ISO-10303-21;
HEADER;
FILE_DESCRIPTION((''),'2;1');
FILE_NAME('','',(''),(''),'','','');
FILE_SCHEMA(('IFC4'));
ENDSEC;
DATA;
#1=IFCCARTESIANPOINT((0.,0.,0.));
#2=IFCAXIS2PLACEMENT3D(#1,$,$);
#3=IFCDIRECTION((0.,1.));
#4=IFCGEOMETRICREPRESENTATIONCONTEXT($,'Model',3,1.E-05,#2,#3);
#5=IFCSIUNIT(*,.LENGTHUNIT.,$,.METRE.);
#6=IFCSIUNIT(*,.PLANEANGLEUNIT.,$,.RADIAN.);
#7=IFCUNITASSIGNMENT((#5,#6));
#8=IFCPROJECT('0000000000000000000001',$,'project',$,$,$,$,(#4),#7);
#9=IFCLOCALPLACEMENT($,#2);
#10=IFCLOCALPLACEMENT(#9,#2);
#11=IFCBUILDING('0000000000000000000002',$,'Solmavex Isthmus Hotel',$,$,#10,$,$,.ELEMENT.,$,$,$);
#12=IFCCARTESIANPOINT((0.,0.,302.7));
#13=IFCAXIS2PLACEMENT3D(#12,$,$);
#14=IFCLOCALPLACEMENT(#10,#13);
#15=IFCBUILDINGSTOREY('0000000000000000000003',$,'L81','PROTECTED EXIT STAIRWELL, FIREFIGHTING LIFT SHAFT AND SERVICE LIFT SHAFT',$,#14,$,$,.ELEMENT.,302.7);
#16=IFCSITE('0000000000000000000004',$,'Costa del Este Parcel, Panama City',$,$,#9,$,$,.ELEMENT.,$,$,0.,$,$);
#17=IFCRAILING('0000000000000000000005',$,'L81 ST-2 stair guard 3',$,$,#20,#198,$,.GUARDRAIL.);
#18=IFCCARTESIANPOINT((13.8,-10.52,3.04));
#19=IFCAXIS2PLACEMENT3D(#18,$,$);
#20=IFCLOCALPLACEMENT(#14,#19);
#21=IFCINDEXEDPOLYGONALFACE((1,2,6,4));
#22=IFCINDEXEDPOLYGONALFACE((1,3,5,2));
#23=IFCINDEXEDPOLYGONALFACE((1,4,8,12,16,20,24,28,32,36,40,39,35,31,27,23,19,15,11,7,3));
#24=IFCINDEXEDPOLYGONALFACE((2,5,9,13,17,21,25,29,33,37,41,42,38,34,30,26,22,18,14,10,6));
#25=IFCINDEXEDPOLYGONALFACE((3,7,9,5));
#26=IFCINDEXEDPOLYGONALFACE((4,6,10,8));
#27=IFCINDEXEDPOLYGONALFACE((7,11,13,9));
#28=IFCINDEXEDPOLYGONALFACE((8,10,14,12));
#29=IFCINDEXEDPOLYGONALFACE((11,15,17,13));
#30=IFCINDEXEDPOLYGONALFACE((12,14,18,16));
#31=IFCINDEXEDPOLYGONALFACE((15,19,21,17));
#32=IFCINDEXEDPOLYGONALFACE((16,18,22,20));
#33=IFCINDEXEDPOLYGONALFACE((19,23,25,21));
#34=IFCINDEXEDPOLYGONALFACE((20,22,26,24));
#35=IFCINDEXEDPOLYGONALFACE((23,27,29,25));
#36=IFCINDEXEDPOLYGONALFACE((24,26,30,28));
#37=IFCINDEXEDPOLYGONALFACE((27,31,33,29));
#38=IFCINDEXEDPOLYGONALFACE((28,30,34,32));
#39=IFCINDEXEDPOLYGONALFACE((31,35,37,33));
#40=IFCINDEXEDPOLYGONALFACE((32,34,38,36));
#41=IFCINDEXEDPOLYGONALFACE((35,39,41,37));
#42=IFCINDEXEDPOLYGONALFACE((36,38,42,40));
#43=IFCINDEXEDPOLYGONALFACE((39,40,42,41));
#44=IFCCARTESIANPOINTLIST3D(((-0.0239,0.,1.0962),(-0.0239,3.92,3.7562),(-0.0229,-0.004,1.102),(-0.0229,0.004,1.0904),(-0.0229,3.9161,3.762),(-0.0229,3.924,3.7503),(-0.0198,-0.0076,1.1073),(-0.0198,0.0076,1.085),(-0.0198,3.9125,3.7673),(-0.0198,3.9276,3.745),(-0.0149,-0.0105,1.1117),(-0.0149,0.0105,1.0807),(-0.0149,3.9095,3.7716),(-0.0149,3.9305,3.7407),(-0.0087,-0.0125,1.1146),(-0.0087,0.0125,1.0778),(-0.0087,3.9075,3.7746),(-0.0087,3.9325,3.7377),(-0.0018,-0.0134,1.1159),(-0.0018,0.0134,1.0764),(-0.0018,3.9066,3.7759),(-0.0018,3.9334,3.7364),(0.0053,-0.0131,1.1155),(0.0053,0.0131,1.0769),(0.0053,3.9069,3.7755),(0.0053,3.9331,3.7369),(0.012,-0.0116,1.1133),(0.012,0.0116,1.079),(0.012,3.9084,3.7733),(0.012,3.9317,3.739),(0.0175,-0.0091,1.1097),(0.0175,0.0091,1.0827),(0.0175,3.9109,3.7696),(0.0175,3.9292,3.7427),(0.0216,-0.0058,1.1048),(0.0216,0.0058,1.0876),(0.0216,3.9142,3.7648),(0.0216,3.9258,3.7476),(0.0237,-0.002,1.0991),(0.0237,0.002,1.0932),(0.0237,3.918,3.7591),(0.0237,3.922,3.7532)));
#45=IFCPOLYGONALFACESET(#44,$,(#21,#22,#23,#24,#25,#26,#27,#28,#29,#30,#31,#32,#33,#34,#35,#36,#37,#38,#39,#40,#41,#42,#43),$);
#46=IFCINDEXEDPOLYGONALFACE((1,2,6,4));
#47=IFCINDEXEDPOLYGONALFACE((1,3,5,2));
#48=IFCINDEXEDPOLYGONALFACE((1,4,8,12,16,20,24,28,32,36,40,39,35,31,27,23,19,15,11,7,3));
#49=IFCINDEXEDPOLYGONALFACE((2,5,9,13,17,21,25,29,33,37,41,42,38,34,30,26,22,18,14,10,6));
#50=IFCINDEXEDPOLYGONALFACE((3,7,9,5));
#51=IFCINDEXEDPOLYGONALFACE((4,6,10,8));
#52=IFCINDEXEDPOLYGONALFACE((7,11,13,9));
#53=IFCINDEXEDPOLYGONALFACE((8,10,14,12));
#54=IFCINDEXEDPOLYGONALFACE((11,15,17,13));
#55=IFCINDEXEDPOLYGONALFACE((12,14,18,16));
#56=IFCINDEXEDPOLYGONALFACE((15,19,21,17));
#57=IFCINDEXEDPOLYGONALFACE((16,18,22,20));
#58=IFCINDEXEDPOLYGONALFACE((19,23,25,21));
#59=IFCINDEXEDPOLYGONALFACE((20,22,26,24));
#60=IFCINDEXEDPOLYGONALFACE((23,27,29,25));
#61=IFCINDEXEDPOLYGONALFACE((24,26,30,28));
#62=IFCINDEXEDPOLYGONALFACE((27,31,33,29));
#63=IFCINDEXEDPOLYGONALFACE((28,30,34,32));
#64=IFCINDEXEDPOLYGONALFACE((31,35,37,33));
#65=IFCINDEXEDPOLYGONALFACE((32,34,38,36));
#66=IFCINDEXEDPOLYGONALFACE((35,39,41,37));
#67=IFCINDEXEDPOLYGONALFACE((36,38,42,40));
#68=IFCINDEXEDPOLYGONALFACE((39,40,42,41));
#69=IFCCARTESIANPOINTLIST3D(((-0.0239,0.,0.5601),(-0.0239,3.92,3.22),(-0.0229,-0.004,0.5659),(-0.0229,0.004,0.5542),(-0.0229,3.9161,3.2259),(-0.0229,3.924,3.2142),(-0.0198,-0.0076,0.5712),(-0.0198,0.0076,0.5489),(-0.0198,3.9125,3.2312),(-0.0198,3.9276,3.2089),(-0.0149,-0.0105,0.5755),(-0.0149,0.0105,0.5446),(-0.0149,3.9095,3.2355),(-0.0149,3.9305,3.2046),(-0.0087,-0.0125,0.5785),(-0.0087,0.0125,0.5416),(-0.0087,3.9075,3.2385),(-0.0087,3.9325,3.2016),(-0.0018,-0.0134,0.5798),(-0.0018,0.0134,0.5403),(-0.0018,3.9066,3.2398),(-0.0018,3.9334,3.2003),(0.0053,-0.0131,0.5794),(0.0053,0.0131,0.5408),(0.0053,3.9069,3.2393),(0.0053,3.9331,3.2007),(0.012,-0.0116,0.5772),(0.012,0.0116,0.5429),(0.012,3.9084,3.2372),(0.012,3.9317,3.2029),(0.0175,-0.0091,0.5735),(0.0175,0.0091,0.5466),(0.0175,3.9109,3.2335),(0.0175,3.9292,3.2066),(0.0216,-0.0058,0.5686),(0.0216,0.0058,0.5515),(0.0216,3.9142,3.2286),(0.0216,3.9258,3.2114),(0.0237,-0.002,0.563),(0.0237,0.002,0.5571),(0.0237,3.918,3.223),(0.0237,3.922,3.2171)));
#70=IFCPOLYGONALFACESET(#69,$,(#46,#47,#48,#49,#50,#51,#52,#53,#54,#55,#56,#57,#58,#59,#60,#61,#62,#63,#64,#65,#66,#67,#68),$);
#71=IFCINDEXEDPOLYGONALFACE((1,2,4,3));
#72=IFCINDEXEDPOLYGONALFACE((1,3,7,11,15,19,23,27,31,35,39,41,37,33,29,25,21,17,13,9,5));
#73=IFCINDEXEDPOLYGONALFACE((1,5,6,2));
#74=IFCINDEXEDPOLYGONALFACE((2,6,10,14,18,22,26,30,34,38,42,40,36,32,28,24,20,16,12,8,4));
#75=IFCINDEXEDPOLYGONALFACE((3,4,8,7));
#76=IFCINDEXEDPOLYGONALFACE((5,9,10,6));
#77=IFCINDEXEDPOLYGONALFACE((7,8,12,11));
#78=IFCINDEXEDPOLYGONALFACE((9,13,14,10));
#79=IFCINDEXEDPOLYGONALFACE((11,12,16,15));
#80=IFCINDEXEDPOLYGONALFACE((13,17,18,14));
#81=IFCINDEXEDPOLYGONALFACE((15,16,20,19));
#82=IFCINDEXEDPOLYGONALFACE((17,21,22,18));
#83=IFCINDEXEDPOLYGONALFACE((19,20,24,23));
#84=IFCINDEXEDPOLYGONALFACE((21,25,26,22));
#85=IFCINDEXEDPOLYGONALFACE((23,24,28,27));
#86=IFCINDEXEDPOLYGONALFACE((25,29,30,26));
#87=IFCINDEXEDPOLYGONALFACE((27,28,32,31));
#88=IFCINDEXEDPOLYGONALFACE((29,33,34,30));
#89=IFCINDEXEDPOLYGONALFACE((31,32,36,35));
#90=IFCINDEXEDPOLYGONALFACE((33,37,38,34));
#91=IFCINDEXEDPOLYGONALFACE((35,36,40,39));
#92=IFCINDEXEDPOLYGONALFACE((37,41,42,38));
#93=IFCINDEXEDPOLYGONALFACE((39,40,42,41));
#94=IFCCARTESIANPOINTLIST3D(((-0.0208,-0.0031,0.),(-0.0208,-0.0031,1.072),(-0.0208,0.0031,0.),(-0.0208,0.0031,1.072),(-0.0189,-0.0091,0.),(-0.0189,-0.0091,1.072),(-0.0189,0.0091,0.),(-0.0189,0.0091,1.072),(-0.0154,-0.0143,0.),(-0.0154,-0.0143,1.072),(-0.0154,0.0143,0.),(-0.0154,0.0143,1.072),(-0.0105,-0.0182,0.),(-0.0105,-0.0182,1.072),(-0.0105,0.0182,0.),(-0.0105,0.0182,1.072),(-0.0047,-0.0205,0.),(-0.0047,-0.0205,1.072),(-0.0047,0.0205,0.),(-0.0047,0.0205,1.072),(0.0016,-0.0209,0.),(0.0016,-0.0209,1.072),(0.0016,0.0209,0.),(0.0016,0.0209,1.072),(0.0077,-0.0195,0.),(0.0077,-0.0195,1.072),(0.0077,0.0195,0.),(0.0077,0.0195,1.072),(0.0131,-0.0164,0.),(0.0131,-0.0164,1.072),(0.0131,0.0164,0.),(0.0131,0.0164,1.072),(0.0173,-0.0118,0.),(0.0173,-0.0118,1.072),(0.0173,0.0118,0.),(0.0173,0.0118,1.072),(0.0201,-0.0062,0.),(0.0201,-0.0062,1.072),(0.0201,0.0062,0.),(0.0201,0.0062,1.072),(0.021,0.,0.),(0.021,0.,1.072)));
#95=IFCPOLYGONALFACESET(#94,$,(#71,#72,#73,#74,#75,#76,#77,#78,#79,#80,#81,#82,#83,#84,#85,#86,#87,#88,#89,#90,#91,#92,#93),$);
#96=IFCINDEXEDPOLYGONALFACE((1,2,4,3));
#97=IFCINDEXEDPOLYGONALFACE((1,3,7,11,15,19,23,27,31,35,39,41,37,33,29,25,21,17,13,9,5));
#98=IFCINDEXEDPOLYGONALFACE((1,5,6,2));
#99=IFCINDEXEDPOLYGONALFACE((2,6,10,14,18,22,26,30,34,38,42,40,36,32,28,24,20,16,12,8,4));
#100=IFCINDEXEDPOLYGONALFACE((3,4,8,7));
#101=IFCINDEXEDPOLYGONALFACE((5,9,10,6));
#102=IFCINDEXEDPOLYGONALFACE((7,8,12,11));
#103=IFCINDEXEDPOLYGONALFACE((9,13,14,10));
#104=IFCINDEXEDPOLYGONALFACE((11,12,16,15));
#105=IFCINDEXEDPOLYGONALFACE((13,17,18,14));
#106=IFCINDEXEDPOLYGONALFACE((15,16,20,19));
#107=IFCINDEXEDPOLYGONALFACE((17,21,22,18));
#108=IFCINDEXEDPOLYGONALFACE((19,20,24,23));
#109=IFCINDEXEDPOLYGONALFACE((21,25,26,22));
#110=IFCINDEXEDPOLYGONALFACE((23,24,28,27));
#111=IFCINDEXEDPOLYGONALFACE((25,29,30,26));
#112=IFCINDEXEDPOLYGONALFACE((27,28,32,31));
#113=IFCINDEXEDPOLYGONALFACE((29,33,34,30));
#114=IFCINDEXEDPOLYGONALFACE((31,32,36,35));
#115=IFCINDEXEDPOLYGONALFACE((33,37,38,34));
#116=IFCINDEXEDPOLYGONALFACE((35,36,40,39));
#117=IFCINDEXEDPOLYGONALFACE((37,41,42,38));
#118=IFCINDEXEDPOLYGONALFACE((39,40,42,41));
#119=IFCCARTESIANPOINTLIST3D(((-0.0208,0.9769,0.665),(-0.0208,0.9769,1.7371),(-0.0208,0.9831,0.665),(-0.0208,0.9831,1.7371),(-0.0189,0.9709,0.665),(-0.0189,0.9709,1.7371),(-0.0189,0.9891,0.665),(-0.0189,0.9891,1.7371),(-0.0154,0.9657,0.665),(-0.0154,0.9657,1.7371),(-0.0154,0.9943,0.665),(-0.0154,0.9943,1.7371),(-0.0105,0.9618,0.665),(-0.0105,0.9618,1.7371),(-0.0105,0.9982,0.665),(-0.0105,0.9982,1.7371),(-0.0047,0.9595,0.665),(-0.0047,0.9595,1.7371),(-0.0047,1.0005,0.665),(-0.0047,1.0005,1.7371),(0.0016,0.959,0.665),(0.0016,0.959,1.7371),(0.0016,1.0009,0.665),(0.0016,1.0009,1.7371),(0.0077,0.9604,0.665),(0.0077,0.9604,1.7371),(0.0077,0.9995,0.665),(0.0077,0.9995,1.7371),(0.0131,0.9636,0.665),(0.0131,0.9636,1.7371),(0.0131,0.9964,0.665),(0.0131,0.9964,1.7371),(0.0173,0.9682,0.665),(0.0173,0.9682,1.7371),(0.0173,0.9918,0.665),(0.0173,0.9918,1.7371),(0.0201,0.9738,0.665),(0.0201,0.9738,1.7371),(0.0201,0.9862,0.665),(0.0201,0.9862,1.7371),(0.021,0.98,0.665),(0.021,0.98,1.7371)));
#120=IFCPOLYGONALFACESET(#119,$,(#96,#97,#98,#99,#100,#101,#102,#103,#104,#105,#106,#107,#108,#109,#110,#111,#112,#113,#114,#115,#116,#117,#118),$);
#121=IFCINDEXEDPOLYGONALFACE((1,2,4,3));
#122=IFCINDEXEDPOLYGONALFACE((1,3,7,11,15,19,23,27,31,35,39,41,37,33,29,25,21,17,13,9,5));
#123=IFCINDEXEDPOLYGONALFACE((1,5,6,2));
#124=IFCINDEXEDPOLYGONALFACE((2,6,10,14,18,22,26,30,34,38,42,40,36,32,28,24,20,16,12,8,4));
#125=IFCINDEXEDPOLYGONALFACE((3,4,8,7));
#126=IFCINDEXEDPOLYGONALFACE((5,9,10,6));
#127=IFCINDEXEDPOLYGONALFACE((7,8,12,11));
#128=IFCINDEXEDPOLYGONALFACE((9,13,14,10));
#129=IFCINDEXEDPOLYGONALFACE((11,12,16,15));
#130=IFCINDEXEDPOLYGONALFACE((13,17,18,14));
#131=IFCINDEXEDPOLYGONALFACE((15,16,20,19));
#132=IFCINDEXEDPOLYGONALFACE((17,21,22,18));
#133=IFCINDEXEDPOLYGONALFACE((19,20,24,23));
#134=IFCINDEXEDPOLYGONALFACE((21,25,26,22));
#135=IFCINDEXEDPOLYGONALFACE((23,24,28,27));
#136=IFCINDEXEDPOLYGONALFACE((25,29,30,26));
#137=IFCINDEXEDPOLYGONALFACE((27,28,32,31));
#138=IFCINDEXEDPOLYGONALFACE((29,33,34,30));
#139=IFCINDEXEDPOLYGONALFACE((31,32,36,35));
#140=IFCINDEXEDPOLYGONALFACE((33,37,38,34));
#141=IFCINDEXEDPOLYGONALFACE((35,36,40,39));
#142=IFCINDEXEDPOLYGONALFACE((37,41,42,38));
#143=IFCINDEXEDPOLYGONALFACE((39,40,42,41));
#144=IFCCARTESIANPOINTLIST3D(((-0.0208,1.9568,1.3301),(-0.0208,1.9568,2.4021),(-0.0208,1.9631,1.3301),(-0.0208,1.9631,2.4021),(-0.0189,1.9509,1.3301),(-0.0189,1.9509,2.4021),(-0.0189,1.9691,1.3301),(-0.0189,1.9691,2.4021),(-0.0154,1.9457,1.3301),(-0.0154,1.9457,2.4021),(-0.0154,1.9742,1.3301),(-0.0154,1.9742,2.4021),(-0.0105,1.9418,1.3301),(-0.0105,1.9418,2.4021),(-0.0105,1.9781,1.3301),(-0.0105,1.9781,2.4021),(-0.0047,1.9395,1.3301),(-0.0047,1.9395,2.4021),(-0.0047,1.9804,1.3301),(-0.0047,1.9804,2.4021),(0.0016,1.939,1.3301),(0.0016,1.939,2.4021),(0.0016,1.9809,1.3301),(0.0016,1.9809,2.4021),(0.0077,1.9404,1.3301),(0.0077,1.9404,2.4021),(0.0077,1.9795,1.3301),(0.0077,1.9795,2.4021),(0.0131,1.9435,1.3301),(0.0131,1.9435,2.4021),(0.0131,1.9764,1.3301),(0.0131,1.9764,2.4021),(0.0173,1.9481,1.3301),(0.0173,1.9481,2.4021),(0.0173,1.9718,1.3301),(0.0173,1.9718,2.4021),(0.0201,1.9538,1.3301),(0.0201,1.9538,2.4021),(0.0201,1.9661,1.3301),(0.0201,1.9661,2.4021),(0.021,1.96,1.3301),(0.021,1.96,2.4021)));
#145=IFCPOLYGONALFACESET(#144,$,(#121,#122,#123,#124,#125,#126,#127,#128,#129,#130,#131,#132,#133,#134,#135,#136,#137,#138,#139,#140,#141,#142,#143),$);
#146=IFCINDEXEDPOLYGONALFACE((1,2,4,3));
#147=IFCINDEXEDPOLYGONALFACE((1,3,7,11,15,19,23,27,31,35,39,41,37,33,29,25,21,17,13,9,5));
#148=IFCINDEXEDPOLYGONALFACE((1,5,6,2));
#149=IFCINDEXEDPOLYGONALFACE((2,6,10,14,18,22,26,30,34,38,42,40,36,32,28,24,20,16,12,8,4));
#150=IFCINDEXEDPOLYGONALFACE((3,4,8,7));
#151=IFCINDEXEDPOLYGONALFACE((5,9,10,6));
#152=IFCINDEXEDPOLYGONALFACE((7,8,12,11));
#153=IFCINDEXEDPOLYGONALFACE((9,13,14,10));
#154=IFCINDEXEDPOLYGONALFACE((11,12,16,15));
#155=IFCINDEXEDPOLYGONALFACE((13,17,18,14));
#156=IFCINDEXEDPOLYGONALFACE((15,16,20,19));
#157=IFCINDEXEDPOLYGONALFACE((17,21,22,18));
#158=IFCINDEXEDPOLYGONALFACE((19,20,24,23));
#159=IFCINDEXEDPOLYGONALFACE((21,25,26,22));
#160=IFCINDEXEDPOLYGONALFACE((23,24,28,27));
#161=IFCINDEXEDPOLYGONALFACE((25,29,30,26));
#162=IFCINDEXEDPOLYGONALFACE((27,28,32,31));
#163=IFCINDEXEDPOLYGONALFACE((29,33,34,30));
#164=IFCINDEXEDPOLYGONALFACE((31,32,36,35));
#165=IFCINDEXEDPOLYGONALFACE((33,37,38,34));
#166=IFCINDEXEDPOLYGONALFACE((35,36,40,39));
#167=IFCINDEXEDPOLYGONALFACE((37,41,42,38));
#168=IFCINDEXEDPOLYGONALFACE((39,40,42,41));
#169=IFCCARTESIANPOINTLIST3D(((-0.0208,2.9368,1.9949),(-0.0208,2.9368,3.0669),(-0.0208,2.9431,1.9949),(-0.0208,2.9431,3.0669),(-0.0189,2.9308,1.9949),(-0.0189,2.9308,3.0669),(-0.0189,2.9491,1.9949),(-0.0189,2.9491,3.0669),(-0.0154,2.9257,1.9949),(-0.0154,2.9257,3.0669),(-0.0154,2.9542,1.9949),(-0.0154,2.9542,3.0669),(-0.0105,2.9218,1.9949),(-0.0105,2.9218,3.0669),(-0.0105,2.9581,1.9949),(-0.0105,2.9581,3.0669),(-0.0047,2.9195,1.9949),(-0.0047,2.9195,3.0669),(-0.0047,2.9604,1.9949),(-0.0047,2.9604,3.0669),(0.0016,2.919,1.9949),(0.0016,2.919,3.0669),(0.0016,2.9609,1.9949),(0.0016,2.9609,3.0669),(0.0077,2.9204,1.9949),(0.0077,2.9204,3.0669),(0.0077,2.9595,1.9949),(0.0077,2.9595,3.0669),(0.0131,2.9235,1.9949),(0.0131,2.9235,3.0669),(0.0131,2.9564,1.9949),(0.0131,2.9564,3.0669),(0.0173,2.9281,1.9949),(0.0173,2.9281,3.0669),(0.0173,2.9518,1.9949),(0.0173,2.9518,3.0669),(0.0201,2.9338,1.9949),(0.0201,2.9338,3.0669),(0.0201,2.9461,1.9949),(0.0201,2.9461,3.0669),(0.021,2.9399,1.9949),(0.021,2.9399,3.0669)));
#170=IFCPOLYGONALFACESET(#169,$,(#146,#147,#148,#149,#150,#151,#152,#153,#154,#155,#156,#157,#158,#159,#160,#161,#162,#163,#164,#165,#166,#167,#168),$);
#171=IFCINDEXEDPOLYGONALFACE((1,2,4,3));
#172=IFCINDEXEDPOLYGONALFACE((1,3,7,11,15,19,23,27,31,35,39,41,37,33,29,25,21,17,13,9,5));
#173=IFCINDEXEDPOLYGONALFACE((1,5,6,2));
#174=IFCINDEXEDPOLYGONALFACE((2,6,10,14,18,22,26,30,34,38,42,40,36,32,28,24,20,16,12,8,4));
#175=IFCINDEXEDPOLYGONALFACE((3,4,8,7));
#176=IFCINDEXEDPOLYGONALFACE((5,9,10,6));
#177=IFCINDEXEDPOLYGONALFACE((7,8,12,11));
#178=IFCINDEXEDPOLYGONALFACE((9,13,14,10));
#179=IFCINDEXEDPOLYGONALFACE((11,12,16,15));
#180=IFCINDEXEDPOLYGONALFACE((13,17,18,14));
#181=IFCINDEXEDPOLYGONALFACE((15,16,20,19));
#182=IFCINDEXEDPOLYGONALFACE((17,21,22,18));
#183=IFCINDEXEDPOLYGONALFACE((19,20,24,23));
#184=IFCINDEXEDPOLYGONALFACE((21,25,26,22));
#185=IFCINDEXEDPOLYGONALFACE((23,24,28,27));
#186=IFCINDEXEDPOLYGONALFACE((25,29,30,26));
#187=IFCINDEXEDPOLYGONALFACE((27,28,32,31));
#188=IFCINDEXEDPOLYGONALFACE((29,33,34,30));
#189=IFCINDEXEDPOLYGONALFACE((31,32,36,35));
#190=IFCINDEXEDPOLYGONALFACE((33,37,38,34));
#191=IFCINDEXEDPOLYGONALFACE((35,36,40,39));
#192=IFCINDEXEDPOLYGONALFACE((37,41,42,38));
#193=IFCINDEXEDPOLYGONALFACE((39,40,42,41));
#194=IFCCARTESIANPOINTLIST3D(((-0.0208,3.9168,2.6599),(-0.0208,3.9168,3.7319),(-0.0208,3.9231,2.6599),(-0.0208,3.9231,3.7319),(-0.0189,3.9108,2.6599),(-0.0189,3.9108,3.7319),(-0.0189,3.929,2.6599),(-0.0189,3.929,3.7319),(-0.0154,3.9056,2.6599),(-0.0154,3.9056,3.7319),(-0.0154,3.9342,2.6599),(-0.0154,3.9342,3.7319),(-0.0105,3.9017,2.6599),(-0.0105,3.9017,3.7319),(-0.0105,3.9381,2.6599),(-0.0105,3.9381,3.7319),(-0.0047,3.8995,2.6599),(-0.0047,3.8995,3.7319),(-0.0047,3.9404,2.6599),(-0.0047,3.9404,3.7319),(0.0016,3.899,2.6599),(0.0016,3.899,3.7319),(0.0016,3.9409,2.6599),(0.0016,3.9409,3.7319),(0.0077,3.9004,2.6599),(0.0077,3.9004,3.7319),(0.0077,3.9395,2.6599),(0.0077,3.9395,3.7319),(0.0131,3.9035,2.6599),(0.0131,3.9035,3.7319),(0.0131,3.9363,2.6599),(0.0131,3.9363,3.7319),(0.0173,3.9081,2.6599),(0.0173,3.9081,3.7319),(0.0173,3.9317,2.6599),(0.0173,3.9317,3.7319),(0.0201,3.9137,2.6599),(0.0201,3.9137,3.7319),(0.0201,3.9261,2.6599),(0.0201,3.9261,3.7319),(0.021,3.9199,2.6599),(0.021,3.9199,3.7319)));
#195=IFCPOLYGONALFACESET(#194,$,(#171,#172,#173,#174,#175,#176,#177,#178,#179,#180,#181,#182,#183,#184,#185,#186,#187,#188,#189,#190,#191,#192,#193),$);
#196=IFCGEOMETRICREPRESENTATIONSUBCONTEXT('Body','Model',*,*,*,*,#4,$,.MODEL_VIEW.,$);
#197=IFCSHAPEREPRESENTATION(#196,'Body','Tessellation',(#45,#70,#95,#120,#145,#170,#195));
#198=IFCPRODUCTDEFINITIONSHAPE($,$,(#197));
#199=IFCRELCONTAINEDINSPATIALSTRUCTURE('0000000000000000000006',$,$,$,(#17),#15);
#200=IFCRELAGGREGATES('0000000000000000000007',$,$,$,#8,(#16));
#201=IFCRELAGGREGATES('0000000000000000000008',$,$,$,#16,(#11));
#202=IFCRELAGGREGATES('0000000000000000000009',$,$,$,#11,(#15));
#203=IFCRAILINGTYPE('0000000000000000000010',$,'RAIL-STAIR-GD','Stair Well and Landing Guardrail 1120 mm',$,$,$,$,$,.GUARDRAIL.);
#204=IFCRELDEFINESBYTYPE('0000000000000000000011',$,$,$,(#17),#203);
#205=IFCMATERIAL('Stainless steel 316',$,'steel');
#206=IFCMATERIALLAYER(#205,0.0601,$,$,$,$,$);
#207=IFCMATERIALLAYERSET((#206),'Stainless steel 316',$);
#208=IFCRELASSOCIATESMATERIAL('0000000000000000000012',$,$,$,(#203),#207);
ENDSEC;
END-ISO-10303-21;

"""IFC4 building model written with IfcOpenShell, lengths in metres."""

from ifc_helpers import new_model, si_unit, direction, frame, origin, origin_2d, place, context, subcontext, project, spatial, circle, extrude, material, layer, layer_set, type_object, element, save


model = new_model("IFC4")

# Units and contexts
model_context = context("Model", 3, precision=1e-05, world=origin(), true_north=direction((0.0, 1.0)))
body_context = subcontext(model_context, "Body", "Model", "MODEL_VIEW")
ifc_project = project(units=[si_unit("LENGTHUNIT", "METRE"), si_unit("PLANEANGLEUNIT", "RADIAN")], contexts=[model_context])

# Site, building, storey
site_placement = place(None, origin())
site = spatial("IfcSite", under=ifc_project, at=site_placement, Name="Costa del Este Parcel, Panama City", CompositionType="ELEMENT", RefElevation=0.0)
building_placement = place(site_placement, origin())
building = spatial("IfcBuilding", under=site, at=building_placement, Name="Solmavex Isthmus Hotel", CompositionType="ELEMENT")
storey_placement = place(building_placement, frame((0.0, 0.0, 302.7)))
storey = spatial("IfcBuildingStorey", under=building, at=storey_placement, Name="L81", Description="PROTECTED EXIT STAIRWELL, FIREFIGHTING LIFT SHAFT AND SERVICE LIFT SHAFT", CompositionType="ELEMENT", Elevation=302.7)

# Railing
ifc_material_1 = material(Name="Stainless steel 316", Category="steel")
ifc_layer_1 = layer(ifc_material_1, 0.0601)
ifc_layer_set_1 = layer_set([ifc_layer_1], Name="Stainless steel 316")
railing_type_1 = type_object("IfcRailingType", Name="RAIL-STAIR-GD", Description="Stair Well and Landing Guardrail 1120 mm", PredefinedType="GUARDRAIL", material=ifc_layer_set_1)
railing_1_placement = place(storey_placement, frame((13.8, -10.52, 3.04)))
element("IfcRailing", 1, at=railing_1_placement, inside=storey, type_object=railing_type_1, Name="L81 ST-2 stair guard 3", PredefinedType="GUARDRAIL", context=body_context, shape_type="SweptSolid", body=[
    extrude(circle(Radius=0.0239, at=origin_2d()), frame((0.0, 0.0, 1.0962), z_axis=(0.0, 0.827479, 0.561496), x_axis=(-1.0, 0.0, 0.0)), (0.0, 0.0, 1.0), 4.7373),
    extrude(circle(Radius=0.0239, at=origin_2d()), frame((0.0, 0.0, 0.5601), z_axis=(0.0, 0.827479, 0.561496), x_axis=(-1.0, 0.0, 0.0)), (0.0, 0.0, 1.0), 4.7373),
    extrude(circle(Radius=0.021, at=origin_2d()), origin(), (0.0, 0.0, 1.0), 1.072),
    extrude(circle(Radius=0.021, at=origin_2d()), frame((0.0, 0.98, 0.665)), (0.0, 0.0, 1.0), 1.072),
    extrude(circle(Radius=0.021, at=origin_2d()), frame((0.0, 1.96, 1.3301)), (0.0, 0.0, 1.0), 1.072),
    extrude(circle(Radius=0.021, at=origin_2d()), frame((0.0, 2.9399, 1.9949)), (0.0, 0.0, 1.0), 1.072),
    extrude(circle(Radius=0.021, at=origin_2d()), frame((0.0, 3.9199, 2.6599)), (0.0, 0.0, 1.0), 1.072),
])

save(model, "model.ifc")
